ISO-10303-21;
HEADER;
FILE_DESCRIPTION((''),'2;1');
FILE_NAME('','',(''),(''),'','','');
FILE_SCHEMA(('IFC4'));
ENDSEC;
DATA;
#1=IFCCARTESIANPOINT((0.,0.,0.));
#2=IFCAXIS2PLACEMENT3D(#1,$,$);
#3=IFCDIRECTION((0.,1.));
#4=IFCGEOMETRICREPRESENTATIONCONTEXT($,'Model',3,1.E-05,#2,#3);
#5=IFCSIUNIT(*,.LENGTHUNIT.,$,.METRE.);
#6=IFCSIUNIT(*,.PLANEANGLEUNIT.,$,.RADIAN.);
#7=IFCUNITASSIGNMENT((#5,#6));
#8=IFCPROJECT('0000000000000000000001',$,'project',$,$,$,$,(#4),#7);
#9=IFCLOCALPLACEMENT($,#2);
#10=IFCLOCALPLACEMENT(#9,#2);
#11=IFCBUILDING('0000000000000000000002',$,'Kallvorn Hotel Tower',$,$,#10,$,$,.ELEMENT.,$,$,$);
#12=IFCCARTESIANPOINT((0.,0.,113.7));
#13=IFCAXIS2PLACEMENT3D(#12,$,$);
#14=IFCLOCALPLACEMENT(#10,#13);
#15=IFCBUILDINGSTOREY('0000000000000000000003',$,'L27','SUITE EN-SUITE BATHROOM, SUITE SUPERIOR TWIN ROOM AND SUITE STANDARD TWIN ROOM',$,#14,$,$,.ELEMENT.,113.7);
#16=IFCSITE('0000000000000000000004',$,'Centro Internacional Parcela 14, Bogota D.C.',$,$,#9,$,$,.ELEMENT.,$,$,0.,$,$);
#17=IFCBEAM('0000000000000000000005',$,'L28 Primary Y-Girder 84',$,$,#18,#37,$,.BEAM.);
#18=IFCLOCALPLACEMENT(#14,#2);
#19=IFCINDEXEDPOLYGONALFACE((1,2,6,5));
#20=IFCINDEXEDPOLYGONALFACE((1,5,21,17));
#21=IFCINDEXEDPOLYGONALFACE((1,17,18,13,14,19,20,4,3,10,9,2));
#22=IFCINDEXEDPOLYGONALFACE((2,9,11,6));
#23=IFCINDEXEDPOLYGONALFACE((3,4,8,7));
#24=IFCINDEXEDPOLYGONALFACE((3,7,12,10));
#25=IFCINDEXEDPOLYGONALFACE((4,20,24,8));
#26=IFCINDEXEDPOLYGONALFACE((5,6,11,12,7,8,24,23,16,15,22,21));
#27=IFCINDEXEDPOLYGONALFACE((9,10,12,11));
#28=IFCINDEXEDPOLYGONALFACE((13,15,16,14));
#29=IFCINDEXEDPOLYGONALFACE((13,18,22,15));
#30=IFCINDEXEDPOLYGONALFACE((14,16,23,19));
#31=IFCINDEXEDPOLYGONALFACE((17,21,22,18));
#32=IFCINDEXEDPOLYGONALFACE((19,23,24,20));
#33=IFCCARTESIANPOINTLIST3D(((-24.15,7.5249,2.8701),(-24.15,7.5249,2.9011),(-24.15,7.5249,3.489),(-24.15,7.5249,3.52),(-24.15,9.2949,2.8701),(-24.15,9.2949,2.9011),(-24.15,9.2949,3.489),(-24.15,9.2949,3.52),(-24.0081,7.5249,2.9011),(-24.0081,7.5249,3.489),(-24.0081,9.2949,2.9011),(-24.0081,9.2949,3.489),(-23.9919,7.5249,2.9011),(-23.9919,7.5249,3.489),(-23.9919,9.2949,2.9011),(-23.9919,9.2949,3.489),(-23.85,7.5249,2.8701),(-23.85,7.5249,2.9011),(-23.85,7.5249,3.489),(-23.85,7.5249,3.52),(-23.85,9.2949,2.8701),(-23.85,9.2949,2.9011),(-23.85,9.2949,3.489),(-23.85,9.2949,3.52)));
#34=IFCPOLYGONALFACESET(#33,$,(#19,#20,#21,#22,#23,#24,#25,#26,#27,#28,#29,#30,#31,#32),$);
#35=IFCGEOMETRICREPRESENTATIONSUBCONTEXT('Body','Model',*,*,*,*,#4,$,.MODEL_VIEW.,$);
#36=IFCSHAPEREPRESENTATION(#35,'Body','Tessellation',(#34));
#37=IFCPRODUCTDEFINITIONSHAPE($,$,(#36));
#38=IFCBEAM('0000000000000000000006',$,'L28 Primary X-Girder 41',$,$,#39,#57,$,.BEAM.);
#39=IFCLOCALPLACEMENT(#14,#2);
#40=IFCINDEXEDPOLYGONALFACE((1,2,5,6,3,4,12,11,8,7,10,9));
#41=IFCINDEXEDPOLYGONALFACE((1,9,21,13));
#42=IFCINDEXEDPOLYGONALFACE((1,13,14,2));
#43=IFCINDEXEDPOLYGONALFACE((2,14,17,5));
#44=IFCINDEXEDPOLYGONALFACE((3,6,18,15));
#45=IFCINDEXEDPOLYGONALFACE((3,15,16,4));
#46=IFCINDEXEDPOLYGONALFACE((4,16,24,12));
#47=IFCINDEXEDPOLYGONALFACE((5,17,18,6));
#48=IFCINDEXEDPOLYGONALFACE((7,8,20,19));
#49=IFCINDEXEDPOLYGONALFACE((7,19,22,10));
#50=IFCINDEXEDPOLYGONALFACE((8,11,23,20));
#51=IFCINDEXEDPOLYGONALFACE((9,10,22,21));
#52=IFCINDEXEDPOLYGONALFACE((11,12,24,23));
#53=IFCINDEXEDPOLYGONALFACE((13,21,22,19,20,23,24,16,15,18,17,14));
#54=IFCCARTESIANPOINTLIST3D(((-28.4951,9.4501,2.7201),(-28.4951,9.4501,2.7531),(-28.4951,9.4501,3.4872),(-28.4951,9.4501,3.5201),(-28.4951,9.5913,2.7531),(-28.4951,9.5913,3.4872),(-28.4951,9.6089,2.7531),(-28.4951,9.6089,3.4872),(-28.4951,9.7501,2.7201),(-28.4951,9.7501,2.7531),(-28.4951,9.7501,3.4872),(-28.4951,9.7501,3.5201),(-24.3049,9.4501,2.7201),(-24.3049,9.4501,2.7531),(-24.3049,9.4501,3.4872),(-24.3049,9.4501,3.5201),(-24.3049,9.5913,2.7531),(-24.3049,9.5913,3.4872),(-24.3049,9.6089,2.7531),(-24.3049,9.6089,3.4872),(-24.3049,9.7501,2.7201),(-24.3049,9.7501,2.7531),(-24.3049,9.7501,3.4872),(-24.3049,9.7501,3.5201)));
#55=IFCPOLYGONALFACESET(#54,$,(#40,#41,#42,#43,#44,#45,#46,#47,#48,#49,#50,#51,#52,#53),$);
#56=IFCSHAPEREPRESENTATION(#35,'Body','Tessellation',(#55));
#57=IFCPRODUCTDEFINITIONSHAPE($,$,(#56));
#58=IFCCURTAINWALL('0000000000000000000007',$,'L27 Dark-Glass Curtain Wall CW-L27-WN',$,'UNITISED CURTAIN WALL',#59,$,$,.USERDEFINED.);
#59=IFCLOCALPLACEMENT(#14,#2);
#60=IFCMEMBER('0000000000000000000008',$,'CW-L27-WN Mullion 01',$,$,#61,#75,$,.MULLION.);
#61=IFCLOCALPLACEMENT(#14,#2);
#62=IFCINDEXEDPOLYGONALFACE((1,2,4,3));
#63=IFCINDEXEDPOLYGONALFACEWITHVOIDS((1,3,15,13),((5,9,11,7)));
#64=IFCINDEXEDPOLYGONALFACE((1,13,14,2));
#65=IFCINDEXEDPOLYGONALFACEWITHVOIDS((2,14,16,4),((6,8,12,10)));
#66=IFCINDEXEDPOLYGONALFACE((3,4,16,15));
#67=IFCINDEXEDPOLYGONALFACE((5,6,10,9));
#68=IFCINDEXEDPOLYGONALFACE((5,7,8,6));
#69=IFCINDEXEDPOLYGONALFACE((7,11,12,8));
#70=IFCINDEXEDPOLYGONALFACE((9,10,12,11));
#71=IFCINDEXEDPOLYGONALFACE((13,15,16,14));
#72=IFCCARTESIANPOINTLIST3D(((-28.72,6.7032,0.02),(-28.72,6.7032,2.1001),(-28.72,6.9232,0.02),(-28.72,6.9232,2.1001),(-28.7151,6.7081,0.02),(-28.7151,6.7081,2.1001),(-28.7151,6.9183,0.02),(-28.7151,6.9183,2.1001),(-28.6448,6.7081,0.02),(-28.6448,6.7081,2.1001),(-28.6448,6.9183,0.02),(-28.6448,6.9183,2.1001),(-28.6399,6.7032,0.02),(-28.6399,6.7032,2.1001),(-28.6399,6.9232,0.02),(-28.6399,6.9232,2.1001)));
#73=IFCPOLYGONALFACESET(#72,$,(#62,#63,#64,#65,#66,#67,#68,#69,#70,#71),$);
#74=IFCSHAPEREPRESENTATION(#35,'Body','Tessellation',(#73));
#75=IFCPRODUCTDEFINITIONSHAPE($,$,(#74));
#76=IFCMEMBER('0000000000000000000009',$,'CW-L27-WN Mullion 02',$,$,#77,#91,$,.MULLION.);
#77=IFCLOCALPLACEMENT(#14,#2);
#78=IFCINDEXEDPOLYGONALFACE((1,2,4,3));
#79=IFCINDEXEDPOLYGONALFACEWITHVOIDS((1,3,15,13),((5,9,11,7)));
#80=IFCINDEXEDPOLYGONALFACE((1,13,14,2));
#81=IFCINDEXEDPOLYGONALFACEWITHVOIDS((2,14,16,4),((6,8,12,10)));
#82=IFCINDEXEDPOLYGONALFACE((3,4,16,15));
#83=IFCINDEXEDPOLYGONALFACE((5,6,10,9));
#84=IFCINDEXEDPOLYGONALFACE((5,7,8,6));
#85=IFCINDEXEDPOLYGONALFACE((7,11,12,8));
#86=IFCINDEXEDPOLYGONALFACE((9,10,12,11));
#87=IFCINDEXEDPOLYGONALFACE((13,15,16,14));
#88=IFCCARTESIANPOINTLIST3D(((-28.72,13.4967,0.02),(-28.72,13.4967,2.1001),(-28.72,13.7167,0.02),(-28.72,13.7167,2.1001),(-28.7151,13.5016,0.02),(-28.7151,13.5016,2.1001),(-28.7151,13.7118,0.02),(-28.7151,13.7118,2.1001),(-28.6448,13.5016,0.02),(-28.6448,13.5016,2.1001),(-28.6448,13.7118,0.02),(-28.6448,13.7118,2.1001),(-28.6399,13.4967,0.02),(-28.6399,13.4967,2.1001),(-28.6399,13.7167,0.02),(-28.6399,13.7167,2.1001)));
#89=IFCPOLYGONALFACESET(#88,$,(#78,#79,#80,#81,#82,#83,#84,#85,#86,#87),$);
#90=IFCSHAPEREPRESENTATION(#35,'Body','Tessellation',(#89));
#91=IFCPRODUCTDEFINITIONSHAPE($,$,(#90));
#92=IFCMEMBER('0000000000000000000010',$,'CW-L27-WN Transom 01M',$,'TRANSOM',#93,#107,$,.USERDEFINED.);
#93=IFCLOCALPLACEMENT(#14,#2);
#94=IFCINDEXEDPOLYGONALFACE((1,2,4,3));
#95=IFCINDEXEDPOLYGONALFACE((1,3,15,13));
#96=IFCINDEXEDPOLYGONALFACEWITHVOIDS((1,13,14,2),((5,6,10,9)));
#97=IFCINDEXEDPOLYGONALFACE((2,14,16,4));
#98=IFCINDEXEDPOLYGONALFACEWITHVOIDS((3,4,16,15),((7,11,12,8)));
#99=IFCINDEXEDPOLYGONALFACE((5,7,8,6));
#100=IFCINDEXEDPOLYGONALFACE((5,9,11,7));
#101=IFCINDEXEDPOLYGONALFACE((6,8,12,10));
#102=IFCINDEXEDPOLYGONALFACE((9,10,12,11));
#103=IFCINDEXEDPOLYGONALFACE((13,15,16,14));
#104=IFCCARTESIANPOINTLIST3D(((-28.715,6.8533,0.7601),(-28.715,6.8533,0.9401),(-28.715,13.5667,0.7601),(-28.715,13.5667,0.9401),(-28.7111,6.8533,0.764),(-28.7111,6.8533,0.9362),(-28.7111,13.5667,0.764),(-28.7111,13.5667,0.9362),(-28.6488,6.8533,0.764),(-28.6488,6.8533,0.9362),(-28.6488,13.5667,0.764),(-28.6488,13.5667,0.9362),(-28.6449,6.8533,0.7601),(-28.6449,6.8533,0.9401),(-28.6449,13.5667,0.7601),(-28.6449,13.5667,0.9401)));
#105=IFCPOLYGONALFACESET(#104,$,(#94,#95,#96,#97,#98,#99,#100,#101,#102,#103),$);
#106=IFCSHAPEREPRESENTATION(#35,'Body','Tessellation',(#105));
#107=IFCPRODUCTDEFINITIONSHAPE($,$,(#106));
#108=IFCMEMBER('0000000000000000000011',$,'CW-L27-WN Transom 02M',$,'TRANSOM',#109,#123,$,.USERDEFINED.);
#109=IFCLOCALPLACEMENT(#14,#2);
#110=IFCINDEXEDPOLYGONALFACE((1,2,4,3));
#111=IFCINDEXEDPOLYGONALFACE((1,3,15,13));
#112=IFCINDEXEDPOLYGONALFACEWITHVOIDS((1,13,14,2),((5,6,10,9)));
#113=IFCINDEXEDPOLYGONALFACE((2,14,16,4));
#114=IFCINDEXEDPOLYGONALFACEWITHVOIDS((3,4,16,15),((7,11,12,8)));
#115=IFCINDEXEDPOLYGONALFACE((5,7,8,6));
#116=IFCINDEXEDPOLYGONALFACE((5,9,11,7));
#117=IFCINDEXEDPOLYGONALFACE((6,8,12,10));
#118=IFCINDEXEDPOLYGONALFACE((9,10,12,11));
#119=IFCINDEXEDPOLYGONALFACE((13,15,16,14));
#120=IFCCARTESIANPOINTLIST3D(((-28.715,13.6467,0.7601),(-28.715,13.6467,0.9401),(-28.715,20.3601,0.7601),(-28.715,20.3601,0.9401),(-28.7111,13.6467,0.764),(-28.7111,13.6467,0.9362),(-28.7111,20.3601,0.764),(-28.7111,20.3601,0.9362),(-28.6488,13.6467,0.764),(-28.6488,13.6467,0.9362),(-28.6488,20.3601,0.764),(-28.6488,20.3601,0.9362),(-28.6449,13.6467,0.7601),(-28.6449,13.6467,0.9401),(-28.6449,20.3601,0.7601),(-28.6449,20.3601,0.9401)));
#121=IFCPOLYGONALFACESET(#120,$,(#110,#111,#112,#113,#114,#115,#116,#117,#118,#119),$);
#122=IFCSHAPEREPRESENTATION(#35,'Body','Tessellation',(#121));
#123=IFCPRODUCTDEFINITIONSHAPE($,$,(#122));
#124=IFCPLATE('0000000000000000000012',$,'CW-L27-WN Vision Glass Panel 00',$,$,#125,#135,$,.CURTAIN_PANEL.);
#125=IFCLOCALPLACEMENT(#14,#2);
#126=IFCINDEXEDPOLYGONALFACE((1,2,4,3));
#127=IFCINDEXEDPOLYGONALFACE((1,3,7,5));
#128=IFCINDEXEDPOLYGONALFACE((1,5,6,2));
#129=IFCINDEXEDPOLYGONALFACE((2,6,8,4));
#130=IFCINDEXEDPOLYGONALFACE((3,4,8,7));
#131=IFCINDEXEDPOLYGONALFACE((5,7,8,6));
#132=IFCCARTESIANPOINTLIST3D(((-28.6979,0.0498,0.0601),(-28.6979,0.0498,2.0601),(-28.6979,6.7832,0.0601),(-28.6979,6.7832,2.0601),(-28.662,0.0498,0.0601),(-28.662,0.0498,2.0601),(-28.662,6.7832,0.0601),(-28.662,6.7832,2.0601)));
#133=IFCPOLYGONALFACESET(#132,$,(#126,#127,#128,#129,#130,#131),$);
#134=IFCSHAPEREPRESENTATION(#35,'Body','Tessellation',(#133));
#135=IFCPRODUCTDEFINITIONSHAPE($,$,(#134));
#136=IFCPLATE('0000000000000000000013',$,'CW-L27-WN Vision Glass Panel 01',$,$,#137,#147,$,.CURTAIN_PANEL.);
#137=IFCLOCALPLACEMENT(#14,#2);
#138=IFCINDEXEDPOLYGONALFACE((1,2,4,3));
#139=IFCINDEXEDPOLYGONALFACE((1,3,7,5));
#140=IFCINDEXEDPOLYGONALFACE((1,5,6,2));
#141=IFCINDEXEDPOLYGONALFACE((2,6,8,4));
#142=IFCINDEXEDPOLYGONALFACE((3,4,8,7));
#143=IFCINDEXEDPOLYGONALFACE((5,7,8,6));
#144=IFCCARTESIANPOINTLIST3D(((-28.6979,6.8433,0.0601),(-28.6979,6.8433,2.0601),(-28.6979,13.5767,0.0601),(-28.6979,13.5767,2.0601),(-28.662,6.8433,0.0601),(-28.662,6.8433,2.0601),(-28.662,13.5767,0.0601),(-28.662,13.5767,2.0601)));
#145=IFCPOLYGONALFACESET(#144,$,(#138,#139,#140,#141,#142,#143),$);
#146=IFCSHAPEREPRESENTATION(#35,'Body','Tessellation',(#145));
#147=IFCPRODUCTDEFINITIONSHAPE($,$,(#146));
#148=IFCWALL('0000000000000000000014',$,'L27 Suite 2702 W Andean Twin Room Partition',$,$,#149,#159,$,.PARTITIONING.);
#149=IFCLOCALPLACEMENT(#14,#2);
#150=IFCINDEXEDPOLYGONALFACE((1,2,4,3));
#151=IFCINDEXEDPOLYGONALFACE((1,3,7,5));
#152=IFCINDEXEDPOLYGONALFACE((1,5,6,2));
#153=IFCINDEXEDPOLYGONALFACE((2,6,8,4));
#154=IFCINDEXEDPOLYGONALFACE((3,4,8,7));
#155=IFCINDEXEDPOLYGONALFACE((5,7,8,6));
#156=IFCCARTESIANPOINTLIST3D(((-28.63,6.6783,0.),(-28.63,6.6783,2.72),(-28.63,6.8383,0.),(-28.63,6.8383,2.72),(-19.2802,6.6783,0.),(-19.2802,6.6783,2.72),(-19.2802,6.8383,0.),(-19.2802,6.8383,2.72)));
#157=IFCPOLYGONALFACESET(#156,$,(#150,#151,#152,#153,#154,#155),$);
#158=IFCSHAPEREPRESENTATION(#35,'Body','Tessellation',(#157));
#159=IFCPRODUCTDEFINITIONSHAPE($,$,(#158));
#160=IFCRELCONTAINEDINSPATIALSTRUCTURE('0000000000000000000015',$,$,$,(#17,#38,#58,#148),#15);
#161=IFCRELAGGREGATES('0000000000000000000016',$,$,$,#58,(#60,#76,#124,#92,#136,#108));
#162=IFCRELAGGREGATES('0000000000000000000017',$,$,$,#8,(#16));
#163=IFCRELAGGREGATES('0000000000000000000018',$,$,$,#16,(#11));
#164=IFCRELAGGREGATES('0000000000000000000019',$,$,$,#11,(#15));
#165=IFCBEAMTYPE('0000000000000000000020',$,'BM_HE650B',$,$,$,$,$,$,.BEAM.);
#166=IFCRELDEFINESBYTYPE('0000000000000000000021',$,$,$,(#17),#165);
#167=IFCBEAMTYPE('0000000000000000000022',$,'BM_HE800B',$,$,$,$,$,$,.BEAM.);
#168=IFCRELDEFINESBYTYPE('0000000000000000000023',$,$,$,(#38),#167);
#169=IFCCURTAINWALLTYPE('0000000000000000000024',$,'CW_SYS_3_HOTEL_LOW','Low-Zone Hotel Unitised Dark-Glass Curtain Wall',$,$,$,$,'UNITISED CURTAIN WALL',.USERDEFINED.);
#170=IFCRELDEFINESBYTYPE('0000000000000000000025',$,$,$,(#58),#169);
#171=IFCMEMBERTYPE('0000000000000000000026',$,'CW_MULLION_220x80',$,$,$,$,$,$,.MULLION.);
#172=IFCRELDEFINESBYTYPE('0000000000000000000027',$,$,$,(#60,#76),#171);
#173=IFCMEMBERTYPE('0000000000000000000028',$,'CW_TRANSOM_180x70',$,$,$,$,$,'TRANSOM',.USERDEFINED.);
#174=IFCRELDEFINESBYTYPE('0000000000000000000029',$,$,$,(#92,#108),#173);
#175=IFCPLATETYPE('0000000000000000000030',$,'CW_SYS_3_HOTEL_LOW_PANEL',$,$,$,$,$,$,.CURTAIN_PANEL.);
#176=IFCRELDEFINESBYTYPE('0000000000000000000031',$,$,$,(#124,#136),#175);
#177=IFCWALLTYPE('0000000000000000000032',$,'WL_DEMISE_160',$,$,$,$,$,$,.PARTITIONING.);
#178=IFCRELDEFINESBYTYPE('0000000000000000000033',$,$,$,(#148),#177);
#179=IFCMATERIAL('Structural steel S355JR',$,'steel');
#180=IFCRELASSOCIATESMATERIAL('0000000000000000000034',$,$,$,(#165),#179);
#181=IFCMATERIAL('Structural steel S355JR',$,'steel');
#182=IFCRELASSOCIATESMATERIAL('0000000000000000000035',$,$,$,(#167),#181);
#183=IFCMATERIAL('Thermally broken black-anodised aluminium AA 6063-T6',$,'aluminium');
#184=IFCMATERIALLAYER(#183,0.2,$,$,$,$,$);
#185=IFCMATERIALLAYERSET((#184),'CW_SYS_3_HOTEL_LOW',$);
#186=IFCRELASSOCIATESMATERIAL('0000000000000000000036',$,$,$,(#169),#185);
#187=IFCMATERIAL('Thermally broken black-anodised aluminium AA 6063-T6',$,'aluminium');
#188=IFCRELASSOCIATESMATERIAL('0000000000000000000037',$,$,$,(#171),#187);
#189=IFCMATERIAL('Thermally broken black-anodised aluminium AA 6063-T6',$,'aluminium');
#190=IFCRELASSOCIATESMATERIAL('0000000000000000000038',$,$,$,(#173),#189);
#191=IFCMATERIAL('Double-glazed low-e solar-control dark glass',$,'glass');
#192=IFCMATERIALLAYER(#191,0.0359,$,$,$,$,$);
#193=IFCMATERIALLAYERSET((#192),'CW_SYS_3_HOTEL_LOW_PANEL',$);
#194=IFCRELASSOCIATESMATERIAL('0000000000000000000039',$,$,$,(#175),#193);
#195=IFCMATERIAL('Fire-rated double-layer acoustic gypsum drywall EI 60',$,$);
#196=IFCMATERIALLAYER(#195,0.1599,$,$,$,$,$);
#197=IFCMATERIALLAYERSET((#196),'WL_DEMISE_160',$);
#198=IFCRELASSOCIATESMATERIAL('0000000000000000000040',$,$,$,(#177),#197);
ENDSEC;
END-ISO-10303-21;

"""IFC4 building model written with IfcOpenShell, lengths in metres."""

from ifc_helpers import new_model, si_unit, direction, frame, frame_2d, origin, origin_2d, place, context, subcontext, project, spatial, rectangle, hollow_rectangle, i_section, extrude, material, layer, layer_set, material_profile, profile_set, type_object, element, aggregate, save


model = new_model("IFC4")

# Units and contexts
model_context = context("Model", 3, precision=1e-05, world=origin(), true_north=direction((0.0, 1.0)))
body_context = subcontext(model_context, "Body", "Model", "MODEL_VIEW")
ifc_project = project(units=[si_unit("LENGTHUNIT", "METRE"), si_unit("PLANEANGLEUNIT", "RADIAN")], contexts=[model_context])

# Site, building, storey
site_placement = place(None, origin())
site = spatial("IfcSite", under=ifc_project, at=site_placement, Name="Centro Internacional Parcela 14, Bogota D.C.", CompositionType="ELEMENT", RefElevation=0.0)
building_placement = place(site_placement, origin())
building = spatial("IfcBuilding", under=site, at=building_placement, Name="Kallvorn Hotel Tower", CompositionType="ELEMENT")
storey_placement = place(building_placement, frame((0.0, 0.0, 113.7)))
storey = spatial("IfcBuildingStorey", under=building, at=storey_placement, Name="L27", Description="SUITE EN-SUITE BATHROOM, SUITE SUPERIOR TWIN ROOM AND SUITE STANDARD TWIN ROOM", CompositionType="ELEMENT", Elevation=113.7)

# Beams
ifc_material_1 = material(Name="Structural steel S355JR", Category="steel")
ifc_material_profile_1 = material_profile(ifc_material_1, i_section(OverallWidth=0.3, OverallDepth=0.6499, WebThickness=0.0161, FlangeThickness=0.031, at=origin_2d()), Name="HE 650 B")
ifc_profile_set_1 = profile_set([ifc_material_profile_1], Name="Structural steel S355JR")
beam_type_1 = type_object("IfcBeamType", Name="BM_HE650B", PredefinedType="BEAM", material=ifc_profile_set_1)
beam_1_placement = place(storey_placement, frame((-24.0, 7.5249, 3.1951), z_axis=(0.0, 1.0, 0.0), x_axis=(-1.0, 0.0, 0.0)))
element("IfcBeam", 1, at=beam_1_placement, inside=storey, type_object=beam_type_1, Name="L28 Primary Y-Girder 84", PredefinedType="BEAM", context=body_context, shape_type="SweptSolid", body=[
    extrude(i_section(OverallWidth=0.3, OverallDepth=0.6499, WebThickness=0.0161, FlangeThickness=0.031, at=origin_2d()), origin(), (0.0, 0.0, 1.0), 1.77),
])
ifc_material_2 = material(Name="Structural steel S355JR", Category="steel")
ifc_material_profile_2 = material_profile(ifc_material_2, i_section(OverallWidth=0.3, OverallDepth=0.8, WebThickness=0.0176, FlangeThickness=0.033, at=origin_2d()), Name="HE 800 B")
ifc_profile_set_2 = profile_set([ifc_material_profile_2], Name="Structural steel S355JR")
beam_type_2 = type_object("IfcBeamType", Name="BM_HE800B", PredefinedType="BEAM", material=ifc_profile_set_2)
beam_2_placement = place(storey_placement, frame((-28.4951, 9.6001, 3.1201), z_axis=(1.0, 0.0, 0.0), x_axis=(0.0, 1.0, 0.0)))
element("IfcBeam", 2, at=beam_2_placement, inside=storey, type_object=beam_type_2, Name="L28 Primary X-Girder 41", PredefinedType="BEAM", context=body_context, shape_type="SweptSolid", body=[
    extrude(i_section(OverallWidth=0.3, OverallDepth=0.8, WebThickness=0.0176, FlangeThickness=0.033, at=origin_2d()), origin(), (0.0, 0.0, 1.0), 4.1902),
])

# Curtain wall, members, plates
ifc_material_3 = material(Name="Thermally broken black-anodised aluminium AA 6063-T6", Category="aluminium")
ifc_layer_1 = layer(ifc_material_3, 0.2)
ifc_layer_set_1 = layer_set([ifc_layer_1], Name="CW_SYS_3_HOTEL_LOW")
curtain_wall_type = type_object("IfcCurtainWallType", Name="CW_SYS_3_HOTEL_LOW", Description="Low-Zone Hotel Unitised Dark-Glass Curtain Wall", ElementType="UNITISED CURTAIN WALL", PredefinedType="USERDEFINED", material=ifc_layer_set_1)
curtain_wall_placement = place(storey_placement, origin())
curtain_wall = element("IfcCurtainWall", 3, at=curtain_wall_placement, inside=storey, type_object=curtain_wall_type, Name="L27 Dark-Glass Curtain Wall CW-L27-WN", ObjectType="UNITISED CURTAIN WALL", PredefinedType="USERDEFINED")
ifc_material_4 = material(Name="Thermally broken black-anodised aluminium AA 6063-T6", Category="aluminium")
ifc_material_profile_3 = material_profile(ifc_material_4, hollow_rectangle(XDim=0.0801, YDim=0.22, WallThickness=0.0049, at=origin_2d()), Name="MUL 220x80")
ifc_profile_set_3 = profile_set([ifc_material_profile_3], Name="Thermally broken black-anodised aluminium AA 6063-T6")
member_type_1 = type_object("IfcMemberType", Name="CW_MULLION_220x80", PredefinedType="MULLION", material=ifc_profile_set_3)
member_1_placement = place(storey_placement, frame((-28.6799, 6.8132, 0.02), z_axis=(0.0, 0.0, 1.0), x_axis=(1.0, 0.0, 0.0)))
member_1 = element("IfcMember", 4, at=member_1_placement, type_object=member_type_1, Name="CW-L27-WN Mullion 01", PredefinedType="MULLION", context=body_context, shape_type="SweptSolid", body=[
    extrude(hollow_rectangle(XDim=0.0801, YDim=0.22, WallThickness=0.0049, at=origin_2d()), origin(), (0.0, 0.0, 1.0), 2.0801),
])
member_2_placement = place(storey_placement, frame((-28.6799, 13.6067, 0.02), z_axis=(0.0, 0.0, 1.0), x_axis=(1.0, 0.0, 0.0)))
member_2 = element("IfcMember", 5, at=member_2_placement, type_object=member_type_1, Name="CW-L27-WN Mullion 02", PredefinedType="MULLION", context=body_context, shape_type="SweptSolid", body=[
    extrude(hollow_rectangle(XDim=0.0801, YDim=0.22, WallThickness=0.0049, at=origin_2d()), origin(), (0.0, 0.0, 1.0), 2.0801),
])
ifc_material_5 = material(Name="Thermally broken black-anodised aluminium AA 6063-T6", Category="aluminium")
ifc_material_profile_4 = material_profile(ifc_material_5, hollow_rectangle(XDim=0.0701, YDim=0.1799, WallThickness=0.0039, at=origin_2d()), Name="TRN 180x70")
ifc_profile_set_4 = profile_set([ifc_material_profile_4], Name="Thermally broken black-anodised aluminium AA 6063-T6")
member_type_2 = type_object("IfcMemberType", Name="CW_TRANSOM_180x70", ElementType="TRANSOM", PredefinedType="USERDEFINED", material=ifc_profile_set_4)
member_3_placement = place(storey_placement, frame((-28.6799, 6.8533, 0.8501), z_axis=(0.0, 1.0, 0.0), x_axis=(-1.0, 0.0, 0.0)))
member_3 = element("IfcMember", 6, at=member_3_placement, type_object=member_type_2, Name="CW-L27-WN Transom 01M", ObjectType="TRANSOM", PredefinedType="USERDEFINED", context=body_context, shape_type="SweptSolid", body=[
    extrude(hollow_rectangle(XDim=0.0701, YDim=0.1799, WallThickness=0.0039, at=origin_2d()), origin(), (0.0, 0.0, 1.0), 6.7134),
])
member_4_placement = place(storey_placement, frame((-28.6799, 13.6467, 0.8501), z_axis=(0.0, 1.0, 0.0), x_axis=(-1.0, 0.0, 0.0)))
member_4 = element("IfcMember", 7, at=member_4_placement, type_object=member_type_2, Name="CW-L27-WN Transom 02M", ObjectType="TRANSOM", PredefinedType="USERDEFINED", context=body_context, shape_type="SweptSolid", body=[
    extrude(hollow_rectangle(XDim=0.0701, YDim=0.1799, WallThickness=0.0039, at=origin_2d()), origin(), (0.0, 0.0, 1.0), 6.7134),
])
ifc_material_6 = material(Name="Double-glazed low-e solar-control dark glass", Category="glass")
ifc_layer_2 = layer(ifc_material_6, 0.0359)
ifc_layer_set_2 = layer_set([ifc_layer_2], Name="CW_SYS_3_HOTEL_LOW_PANEL")
plate_type = type_object("IfcPlateType", Name="CW_SYS_3_HOTEL_LOW_PANEL", PredefinedType="CURTAIN_PANEL", material=ifc_layer_set_2)
plate_1_placement = place(storey_placement, frame((-28.6799, 3.4165, 0.0601), z_axis=(0.0, 0.0, 1.0), x_axis=(0.0, 1.0, 0.0)))
plate_1 = element("IfcPlate", 8, at=plate_1_placement, type_object=plate_type, Name="CW-L27-WN Vision Glass Panel 00", PredefinedType="CURTAIN_PANEL", context=body_context, shape_type="SweptSolid", body=[
    extrude(rectangle(XDim=6.7334, YDim=0.0359, at=origin_2d()), origin(), (0.0, 0.0, 1.0), 2.0),
])
plate_2_placement = place(storey_placement, frame((-28.6799, 10.21, 0.0601), z_axis=(0.0, 0.0, 1.0), x_axis=(0.0, 1.0, 0.0)))
plate_2 = element("IfcPlate", 9, at=plate_2_placement, type_object=plate_type, Name="CW-L27-WN Vision Glass Panel 01", PredefinedType="CURTAIN_PANEL", context=body_context, shape_type="SweptSolid", body=[
    extrude(rectangle(XDim=6.7334, YDim=0.0359, at=origin_2d()), origin(), (0.0, 0.0, 1.0), 2.0),
])
aggregate(curtain_wall, [member_1, member_2, plate_1, member_3, plate_2, member_4])

# Wall
ifc_material_7 = material(Name="Fire-rated double-layer acoustic gypsum drywall EI 60")
ifc_layer_3 = layer(ifc_material_7, 0.1599)
ifc_layer_set_3 = layer_set([ifc_layer_3], Name="WL_DEMISE_160")
wall_type = type_object("IfcWallType", Name="WL_DEMISE_160", PredefinedType="PARTITIONING", material=ifc_layer_set_3)
wall_1_placement = place(storey_placement, frame((-28.6299, 6.7583, 0.0), z_axis=(0.0, 0.0, 1.0), x_axis=(1.0, 0.0, 0.0)))
element("IfcWall", 10, at=wall_1_placement, inside=storey, type_object=wall_type, Name="L27 Suite 2702 W Andean Twin Room Partition", PredefinedType="PARTITIONING", context=body_context, shape_type="SweptSolid", body=[
    extrude(rectangle(XDim=9.3499, YDim=0.1599, at=frame_2d((4.6748, 0.0))), origin(), (0.0, 0.0, 1.0), 2.72),
])

save(model, "model.ifc")
